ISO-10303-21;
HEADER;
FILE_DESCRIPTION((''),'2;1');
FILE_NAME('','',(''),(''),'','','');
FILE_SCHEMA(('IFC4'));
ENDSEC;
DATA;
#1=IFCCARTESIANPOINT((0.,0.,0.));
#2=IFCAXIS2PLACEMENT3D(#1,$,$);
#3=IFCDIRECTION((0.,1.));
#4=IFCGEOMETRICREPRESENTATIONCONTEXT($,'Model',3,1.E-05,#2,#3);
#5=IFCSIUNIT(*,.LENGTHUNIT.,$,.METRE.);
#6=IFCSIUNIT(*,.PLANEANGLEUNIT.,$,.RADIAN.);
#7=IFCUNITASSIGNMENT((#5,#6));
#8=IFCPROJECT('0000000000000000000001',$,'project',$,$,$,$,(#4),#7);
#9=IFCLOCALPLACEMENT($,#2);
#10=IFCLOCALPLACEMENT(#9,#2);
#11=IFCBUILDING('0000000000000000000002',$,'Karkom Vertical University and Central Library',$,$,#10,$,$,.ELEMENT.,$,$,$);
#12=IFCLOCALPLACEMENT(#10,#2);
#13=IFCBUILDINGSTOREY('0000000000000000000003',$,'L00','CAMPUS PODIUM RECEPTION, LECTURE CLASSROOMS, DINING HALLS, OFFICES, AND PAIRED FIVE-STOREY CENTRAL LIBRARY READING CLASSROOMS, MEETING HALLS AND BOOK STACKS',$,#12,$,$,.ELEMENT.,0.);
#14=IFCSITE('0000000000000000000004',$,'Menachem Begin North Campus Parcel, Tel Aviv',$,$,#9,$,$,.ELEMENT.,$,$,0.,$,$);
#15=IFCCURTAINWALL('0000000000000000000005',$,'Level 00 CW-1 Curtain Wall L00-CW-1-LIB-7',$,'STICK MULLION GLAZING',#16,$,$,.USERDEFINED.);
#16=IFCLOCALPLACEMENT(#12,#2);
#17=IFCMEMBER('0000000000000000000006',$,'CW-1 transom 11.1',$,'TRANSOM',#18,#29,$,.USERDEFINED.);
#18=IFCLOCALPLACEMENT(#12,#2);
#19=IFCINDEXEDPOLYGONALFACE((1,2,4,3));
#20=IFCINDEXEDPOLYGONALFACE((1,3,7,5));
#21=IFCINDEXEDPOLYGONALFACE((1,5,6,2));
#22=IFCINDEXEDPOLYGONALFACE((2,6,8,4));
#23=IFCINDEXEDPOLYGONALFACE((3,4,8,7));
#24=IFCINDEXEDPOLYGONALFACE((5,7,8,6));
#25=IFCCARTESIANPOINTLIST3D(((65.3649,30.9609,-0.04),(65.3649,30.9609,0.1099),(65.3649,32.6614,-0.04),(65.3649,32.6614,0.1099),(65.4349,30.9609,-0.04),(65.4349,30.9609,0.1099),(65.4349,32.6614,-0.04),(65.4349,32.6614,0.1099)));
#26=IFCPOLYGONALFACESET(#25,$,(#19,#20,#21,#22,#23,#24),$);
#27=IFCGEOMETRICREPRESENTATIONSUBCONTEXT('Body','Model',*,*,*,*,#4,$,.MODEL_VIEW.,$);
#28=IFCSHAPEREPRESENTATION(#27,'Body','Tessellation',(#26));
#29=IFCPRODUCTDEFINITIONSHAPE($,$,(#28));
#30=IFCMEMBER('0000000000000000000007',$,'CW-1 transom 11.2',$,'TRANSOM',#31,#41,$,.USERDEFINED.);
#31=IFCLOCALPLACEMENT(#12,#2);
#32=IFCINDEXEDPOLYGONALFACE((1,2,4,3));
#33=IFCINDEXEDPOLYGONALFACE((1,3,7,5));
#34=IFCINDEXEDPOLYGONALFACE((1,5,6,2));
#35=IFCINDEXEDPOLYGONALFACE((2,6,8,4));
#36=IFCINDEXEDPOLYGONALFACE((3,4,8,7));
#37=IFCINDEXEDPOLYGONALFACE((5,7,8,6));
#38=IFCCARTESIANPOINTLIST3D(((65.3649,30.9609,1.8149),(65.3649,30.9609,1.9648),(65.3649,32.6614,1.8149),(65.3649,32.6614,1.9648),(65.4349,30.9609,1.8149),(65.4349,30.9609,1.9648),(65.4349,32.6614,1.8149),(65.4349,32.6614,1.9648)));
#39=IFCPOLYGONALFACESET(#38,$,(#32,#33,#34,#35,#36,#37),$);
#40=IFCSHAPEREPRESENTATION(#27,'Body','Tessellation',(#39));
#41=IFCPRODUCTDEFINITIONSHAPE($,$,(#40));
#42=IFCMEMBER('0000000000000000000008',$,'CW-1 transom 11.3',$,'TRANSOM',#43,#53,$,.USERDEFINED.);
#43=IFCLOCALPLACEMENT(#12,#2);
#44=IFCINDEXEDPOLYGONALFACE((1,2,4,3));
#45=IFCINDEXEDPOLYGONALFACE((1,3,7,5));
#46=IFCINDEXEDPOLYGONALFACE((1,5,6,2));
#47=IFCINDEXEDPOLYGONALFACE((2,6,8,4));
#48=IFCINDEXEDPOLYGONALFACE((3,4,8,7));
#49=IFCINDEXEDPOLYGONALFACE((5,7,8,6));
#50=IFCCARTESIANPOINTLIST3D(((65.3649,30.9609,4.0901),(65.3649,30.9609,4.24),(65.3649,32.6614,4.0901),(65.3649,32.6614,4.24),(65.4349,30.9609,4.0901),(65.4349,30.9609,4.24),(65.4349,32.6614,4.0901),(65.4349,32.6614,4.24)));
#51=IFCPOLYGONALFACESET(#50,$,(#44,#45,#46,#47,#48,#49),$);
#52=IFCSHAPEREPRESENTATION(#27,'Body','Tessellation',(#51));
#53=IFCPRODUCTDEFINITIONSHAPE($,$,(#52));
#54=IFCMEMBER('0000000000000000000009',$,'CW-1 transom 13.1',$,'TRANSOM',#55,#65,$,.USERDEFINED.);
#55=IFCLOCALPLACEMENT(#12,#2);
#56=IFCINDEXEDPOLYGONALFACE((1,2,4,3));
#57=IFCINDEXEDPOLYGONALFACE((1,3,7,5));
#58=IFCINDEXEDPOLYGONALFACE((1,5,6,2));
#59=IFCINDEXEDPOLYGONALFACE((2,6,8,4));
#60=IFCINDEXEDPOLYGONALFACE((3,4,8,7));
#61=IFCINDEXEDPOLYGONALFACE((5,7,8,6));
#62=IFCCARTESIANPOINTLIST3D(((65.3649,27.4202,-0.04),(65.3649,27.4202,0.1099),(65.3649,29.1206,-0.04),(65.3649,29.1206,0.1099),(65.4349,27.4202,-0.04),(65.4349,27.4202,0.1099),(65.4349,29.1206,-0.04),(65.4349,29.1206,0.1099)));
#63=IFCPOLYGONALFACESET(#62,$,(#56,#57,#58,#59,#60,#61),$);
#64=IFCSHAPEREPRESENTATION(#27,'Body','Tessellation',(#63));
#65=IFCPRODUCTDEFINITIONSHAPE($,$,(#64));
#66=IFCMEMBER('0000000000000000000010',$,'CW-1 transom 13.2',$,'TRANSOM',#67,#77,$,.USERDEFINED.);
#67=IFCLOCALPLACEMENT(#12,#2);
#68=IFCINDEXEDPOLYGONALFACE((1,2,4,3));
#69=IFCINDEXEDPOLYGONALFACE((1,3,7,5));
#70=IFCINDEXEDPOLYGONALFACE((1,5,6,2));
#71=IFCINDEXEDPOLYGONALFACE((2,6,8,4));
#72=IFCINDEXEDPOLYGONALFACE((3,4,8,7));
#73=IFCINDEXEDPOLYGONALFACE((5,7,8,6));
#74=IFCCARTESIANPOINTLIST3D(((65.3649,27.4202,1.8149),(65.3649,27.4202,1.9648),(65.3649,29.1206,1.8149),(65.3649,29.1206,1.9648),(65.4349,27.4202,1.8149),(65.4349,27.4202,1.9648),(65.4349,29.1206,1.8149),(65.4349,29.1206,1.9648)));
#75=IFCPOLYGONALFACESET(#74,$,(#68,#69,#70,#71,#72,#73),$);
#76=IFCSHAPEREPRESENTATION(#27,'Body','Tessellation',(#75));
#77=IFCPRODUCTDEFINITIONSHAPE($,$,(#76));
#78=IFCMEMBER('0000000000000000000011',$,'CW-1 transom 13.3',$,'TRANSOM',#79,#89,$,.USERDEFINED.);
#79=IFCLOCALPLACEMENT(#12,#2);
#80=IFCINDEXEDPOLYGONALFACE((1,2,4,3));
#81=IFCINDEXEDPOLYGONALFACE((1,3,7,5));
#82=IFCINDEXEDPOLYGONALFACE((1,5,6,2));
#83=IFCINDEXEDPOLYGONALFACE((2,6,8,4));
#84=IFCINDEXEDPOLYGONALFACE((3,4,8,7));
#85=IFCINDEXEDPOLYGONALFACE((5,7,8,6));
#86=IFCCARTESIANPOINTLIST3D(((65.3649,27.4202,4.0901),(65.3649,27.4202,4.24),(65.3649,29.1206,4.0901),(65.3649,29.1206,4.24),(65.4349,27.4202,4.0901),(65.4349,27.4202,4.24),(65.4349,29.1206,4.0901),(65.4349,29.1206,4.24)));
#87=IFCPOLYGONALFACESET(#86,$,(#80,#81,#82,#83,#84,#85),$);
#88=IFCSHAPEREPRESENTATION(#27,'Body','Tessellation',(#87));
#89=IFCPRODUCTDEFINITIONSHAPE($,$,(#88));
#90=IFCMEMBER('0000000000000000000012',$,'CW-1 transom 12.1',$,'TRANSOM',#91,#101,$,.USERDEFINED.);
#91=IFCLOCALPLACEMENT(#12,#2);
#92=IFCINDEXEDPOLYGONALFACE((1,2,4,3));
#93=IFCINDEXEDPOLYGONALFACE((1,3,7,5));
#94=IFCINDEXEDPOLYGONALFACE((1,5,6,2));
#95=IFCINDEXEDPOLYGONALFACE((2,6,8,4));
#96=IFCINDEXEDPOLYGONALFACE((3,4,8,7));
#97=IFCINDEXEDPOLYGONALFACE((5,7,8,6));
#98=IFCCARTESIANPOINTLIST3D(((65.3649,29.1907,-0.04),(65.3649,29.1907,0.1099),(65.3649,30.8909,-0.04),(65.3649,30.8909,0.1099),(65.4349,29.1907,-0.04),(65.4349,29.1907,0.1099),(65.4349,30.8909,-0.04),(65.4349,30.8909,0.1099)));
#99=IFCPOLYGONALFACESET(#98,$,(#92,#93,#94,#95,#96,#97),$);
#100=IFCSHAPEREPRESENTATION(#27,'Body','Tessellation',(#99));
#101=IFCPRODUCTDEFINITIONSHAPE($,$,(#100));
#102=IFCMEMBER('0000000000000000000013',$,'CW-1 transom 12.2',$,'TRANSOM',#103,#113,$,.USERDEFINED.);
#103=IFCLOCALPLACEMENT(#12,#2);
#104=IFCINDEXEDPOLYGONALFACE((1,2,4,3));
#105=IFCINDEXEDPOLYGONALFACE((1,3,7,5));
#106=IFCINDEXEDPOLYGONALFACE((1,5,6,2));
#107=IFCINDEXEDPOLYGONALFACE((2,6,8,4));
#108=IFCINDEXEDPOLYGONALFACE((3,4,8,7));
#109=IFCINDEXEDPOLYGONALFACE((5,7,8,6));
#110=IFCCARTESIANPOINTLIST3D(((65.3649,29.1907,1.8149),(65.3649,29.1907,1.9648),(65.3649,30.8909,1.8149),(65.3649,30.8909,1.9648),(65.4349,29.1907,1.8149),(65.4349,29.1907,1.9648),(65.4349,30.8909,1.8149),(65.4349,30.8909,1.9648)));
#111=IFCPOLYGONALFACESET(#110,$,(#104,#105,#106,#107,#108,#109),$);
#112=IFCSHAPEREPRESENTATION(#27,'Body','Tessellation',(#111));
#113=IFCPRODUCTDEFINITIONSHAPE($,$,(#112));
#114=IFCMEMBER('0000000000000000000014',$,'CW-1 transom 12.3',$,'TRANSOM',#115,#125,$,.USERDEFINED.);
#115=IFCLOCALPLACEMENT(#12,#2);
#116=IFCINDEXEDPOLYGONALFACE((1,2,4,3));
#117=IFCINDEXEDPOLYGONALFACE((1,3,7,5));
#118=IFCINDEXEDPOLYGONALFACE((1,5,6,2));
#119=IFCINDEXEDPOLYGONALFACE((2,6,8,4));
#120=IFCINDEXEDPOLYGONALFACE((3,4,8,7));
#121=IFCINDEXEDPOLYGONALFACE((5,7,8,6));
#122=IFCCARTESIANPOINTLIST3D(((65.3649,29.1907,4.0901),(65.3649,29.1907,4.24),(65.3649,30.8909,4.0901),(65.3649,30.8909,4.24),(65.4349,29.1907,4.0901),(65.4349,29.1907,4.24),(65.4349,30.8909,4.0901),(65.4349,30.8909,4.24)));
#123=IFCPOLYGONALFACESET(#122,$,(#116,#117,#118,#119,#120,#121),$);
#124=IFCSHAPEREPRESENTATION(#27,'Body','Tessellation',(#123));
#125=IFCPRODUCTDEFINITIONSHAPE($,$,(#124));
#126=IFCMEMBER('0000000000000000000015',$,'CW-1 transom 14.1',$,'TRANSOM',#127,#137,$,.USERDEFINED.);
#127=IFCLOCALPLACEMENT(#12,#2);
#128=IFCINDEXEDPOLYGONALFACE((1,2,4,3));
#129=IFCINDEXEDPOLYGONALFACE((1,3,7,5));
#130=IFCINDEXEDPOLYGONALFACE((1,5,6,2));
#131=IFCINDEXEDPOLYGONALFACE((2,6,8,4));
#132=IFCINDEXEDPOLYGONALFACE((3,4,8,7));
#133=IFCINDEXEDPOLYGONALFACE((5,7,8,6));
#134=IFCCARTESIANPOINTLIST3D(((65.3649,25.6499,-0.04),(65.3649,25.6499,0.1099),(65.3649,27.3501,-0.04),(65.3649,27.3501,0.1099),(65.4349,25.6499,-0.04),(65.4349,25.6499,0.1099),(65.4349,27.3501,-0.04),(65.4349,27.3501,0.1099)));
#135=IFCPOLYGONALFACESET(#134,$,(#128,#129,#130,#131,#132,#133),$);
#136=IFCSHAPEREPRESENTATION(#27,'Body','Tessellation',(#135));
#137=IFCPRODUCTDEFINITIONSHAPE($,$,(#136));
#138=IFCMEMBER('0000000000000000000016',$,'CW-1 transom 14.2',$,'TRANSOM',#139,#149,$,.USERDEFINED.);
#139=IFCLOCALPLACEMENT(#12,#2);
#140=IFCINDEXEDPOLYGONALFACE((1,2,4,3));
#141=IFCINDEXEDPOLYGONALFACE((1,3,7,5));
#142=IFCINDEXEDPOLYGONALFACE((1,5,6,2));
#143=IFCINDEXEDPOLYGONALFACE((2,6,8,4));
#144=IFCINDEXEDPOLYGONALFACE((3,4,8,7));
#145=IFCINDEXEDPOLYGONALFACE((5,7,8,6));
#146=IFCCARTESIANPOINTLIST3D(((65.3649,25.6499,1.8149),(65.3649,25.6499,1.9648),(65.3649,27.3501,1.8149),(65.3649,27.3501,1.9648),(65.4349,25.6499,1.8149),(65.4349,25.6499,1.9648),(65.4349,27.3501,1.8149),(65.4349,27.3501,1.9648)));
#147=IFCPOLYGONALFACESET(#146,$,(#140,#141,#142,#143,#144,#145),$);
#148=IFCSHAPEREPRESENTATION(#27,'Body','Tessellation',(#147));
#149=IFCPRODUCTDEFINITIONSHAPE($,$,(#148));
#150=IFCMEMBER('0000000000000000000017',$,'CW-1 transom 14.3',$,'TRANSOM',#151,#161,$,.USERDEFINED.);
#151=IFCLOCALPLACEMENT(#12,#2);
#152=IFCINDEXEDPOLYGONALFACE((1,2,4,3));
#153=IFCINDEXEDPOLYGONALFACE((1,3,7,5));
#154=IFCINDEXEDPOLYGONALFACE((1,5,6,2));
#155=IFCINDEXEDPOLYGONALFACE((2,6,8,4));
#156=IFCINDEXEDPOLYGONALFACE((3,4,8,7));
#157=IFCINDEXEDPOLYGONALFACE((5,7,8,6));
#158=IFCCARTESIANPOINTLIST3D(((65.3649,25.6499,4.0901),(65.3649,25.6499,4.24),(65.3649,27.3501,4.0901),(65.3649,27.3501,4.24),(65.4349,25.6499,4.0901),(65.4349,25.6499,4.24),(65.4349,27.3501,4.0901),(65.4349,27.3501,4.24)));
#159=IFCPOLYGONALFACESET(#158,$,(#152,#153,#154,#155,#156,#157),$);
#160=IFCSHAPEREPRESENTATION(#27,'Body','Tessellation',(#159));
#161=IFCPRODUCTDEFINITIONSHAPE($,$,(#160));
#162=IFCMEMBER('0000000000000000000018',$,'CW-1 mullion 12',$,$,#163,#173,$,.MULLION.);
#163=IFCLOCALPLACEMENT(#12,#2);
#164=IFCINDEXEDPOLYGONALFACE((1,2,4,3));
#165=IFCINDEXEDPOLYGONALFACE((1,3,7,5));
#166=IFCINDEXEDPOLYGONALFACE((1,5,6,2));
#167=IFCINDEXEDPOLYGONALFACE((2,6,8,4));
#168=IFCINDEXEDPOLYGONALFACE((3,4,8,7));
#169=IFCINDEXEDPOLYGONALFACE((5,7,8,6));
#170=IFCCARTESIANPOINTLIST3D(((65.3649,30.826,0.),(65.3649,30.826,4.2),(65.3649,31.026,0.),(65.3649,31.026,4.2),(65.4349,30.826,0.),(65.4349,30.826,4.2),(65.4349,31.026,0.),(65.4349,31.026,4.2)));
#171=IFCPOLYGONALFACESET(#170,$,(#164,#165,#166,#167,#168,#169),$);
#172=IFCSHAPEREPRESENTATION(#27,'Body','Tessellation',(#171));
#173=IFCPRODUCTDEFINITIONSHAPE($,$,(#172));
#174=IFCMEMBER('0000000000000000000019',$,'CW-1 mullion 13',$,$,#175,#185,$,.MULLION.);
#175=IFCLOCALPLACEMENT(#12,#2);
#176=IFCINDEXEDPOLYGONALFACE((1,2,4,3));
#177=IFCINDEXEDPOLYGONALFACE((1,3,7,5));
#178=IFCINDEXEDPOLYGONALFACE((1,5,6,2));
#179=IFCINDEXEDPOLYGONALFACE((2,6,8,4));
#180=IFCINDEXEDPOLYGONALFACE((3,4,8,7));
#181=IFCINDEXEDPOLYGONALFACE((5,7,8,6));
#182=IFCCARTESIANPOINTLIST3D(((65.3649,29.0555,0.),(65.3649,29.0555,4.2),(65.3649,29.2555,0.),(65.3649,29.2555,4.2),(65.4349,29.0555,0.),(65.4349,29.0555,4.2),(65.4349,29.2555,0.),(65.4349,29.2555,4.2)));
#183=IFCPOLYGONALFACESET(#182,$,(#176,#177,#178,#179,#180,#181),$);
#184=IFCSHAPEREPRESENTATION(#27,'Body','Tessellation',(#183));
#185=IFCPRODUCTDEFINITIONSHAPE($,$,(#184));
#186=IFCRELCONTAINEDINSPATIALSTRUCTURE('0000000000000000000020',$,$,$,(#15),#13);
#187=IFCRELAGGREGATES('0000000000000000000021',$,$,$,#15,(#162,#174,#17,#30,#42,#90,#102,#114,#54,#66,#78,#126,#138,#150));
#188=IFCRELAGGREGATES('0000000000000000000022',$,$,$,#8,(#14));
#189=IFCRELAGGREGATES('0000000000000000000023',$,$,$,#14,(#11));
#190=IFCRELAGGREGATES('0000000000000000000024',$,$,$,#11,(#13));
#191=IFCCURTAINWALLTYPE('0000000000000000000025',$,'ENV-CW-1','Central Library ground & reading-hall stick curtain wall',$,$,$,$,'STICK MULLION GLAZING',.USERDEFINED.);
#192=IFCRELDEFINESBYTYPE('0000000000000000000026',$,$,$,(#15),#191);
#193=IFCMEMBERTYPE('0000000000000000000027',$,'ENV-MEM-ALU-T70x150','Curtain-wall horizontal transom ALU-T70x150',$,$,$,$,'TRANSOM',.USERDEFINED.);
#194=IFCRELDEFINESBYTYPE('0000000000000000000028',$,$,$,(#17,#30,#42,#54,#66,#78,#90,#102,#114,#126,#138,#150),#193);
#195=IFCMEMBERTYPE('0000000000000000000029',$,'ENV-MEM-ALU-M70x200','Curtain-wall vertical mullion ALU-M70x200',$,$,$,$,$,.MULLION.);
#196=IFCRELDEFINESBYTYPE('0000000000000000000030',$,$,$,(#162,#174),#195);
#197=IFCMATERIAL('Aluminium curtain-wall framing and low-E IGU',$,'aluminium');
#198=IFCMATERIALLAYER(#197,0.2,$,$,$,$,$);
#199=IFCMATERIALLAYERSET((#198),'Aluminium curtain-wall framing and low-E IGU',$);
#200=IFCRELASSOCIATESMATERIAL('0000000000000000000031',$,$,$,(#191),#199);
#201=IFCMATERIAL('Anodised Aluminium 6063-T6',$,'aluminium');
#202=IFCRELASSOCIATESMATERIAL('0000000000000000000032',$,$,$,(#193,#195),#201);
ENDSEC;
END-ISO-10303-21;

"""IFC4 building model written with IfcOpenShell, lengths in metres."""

from ifc_helpers import new_model, si_unit, direction, frame, origin, origin_with_axes, origin_2d, place, context, subcontext, project, spatial, rectangle, extrude, source, transform, mapped, material, layer, layer_set, material_profile, profile_set, type_object, element, aggregate, save


model = new_model("IFC4")

# Units and contexts
model_context = context("Model", 3, precision=1e-05, world=origin(), true_north=direction((0.0, 1.0)))
body_context = subcontext(model_context, "Body", "Model", "MODEL_VIEW")
ifc_project = project(units=[si_unit("LENGTHUNIT", "METRE"), si_unit("PLANEANGLEUNIT", "RADIAN")], contexts=[model_context])

# Site, building, storey
site_placement = place(None, origin())
site = spatial("IfcSite", under=ifc_project, at=site_placement, Name="Menachem Begin North Campus Parcel, Tel Aviv", CompositionType="ELEMENT", RefElevation=0.0)
building_placement = place(site_placement, origin())
building = spatial("IfcBuilding", under=site, at=building_placement, Name="Karkom Vertical University and Central Library", CompositionType="ELEMENT")
storey_placement = place(building_placement, origin())
storey = spatial("IfcBuildingStorey", under=building, at=storey_placement, Name="L00", Description="CAMPUS PODIUM RECEPTION, LECTURE CLASSROOMS, DINING HALLS, OFFICES, AND PAIRED FIVE-STOREY CENTRAL LIBRARY READING CLASSROOMS, MEETING HALLS AND BOOK STACKS", CompositionType="ELEMENT", Elevation=0.0)

# Curtain wall, members
ifc_material_1 = material(Name="Aluminium curtain-wall framing and low-E IGU", Category="aluminium")
ifc_layer_1 = layer(ifc_material_1, 0.2)
ifc_layer_set_1 = layer_set([ifc_layer_1], Name="Aluminium curtain-wall framing and low-E IGU")
curtain_wall_type = type_object("IfcCurtainWallType", Name="ENV-CW-1", Description="Central Library ground & reading-hall stick curtain wall", ElementType="STICK MULLION GLAZING", PredefinedType="USERDEFINED", material=ifc_layer_set_1)
curtain_wall_placement = place(storey_placement, origin())
curtain_wall = element("IfcCurtainWall", 1, at=curtain_wall_placement, inside=storey, type_object=curtain_wall_type, Name="Level 00 CW-1 Curtain Wall L00-CW-1-LIB-7", ObjectType="STICK MULLION GLAZING", PredefinedType="USERDEFINED")
ifc_material_2 = material(Name="Anodised Aluminium 6063-T6", Category="aluminium")
ifc_material_profile_1 = material_profile(ifc_material_2, rectangle(XDim=0.0701, YDim=0.1499, at=origin_2d()), Name="ALU-T70x150")
ifc_profile_set_1 = profile_set([ifc_material_profile_1], Name="Anodised Aluminium 6063-T6")
member_type_1 = type_object("IfcMemberType", Name="ENV-MEM-ALU-T70x150", Description="Curtain-wall horizontal transom ALU-T70x150", ElementType="TRANSOM", PredefinedType="USERDEFINED", material=ifc_profile_set_1)
shared_shape_1 = source(origin_with_axes(), body_context, "Body", "SweptSolid", [
    extrude(rectangle(XDim=0.0701, YDim=0.1499, at=origin_2d()), origin(), (0.0, 0.0, 1.0), 1.7004),
])
member_1_placement = place(storey_placement, frame((65.3999, 32.6614, 0.0349), z_axis=(0.0, -1.0, 0.0), x_axis=(1.0, 0.0, 0.0)))
member_1 = element("IfcMember", 2, at=member_1_placement, type_object=member_type_1, Name="CW-1 transom 11.1", ObjectType="TRANSOM", PredefinedType="USERDEFINED", context=body_context, shape_type="MappedRepresentation", body=[
    mapped(shared_shape_1, transform((0.0, 0.0, 0.0), scale=1.0)),
])
member_2_placement = place(storey_placement, frame((65.3999, 32.6614, 1.8899), z_axis=(0.0, -1.0, 0.0), x_axis=(1.0, 0.0, 0.0)))
member_2 = element("IfcMember", 3, at=member_2_placement, type_object=member_type_1, Name="CW-1 transom 11.2", ObjectType="TRANSOM", PredefinedType="USERDEFINED", context=body_context, shape_type="MappedRepresentation", body=[
    mapped(shared_shape_1, transform((0.0, 0.0, 0.0), scale=1.0)),
])
member_3_placement = place(storey_placement, frame((65.3999, 32.6614, 4.165), z_axis=(0.0, -1.0, 0.0), x_axis=(1.0, 0.0, 0.0)))
member_3 = element("IfcMember", 4, at=member_3_placement, type_object=member_type_1, Name="CW-1 transom 11.3", ObjectType="TRANSOM", PredefinedType="USERDEFINED", context=body_context, shape_type="MappedRepresentation", body=[
    mapped(shared_shape_1, transform((0.0, 0.0, 0.0), scale=1.0)),
])
member_4_placement = place(storey_placement, frame((65.3999, 29.1206, 0.0349), z_axis=(0.0, -1.0, 0.0), x_axis=(1.0, 0.0, 0.0)))
member_4 = element("IfcMember", 5, at=member_4_placement, type_object=member_type_1, Name="CW-1 transom 13.1", ObjectType="TRANSOM", PredefinedType="USERDEFINED", context=body_context, shape_type="MappedRepresentation", body=[
    mapped(shared_shape_1, transform((0.0, 0.0, 0.0), scale=1.0)),
])
member_5_placement = place(storey_placement, frame((65.3999, 29.1206, 1.8899), z_axis=(0.0, -1.0, 0.0), x_axis=(1.0, 0.0, 0.0)))
member_5 = element("IfcMember", 6, at=member_5_placement, type_object=member_type_1, Name="CW-1 transom 13.2", ObjectType="TRANSOM", PredefinedType="USERDEFINED", context=body_context, shape_type="MappedRepresentation", body=[
    mapped(shared_shape_1, transform((0.0, 0.0, 0.0), scale=1.0)),
])
member_6_placement = place(storey_placement, frame((65.3999, 29.1206, 4.165), z_axis=(0.0, -1.0, 0.0), x_axis=(1.0, 0.0, 0.0)))
member_6 = element("IfcMember", 7, at=member_6_placement, type_object=member_type_1, Name="CW-1 transom 13.3", ObjectType="TRANSOM", PredefinedType="USERDEFINED", context=body_context, shape_type="MappedRepresentation", body=[
    mapped(shared_shape_1, transform((0.0, 0.0, 0.0), scale=1.0)),
])
shared_shape_2 = source(origin_with_axes(), body_context, "Body", "SweptSolid", [
    extrude(rectangle(XDim=0.0701, YDim=0.1499, at=origin_2d()), origin(), (0.0, 0.0, 1.0), 1.7002),
])
member_7_placement = place(storey_placement, frame((65.3999, 30.8909, 0.0349), z_axis=(0.0, -1.0, 0.0), x_axis=(1.0, 0.0, 0.0)))
member_7 = element("IfcMember", 8, at=member_7_placement, type_object=member_type_1, Name="CW-1 transom 12.1", ObjectType="TRANSOM", PredefinedType="USERDEFINED", context=body_context, shape_type="MappedRepresentation", body=[
    mapped(shared_shape_2, transform((0.0, 0.0, 0.0), scale=1.0)),
])
member_8_placement = place(storey_placement, frame((65.3999, 30.8909, 1.8899), z_axis=(0.0, -1.0, 0.0), x_axis=(1.0, 0.0, 0.0)))
member_8 = element("IfcMember", 9, at=member_8_placement, type_object=member_type_1, Name="CW-1 transom 12.2", ObjectType="TRANSOM", PredefinedType="USERDEFINED", context=body_context, shape_type="MappedRepresentation", body=[
    mapped(shared_shape_2, transform((0.0, 0.0, 0.0), scale=1.0)),
])
member_9_placement = place(storey_placement, frame((65.3999, 30.8909, 4.165), z_axis=(0.0, -1.0, 0.0), x_axis=(1.0, 0.0, 0.0)))
member_9 = element("IfcMember", 10, at=member_9_placement, type_object=member_type_1, Name="CW-1 transom 12.3", ObjectType="TRANSOM", PredefinedType="USERDEFINED", context=body_context, shape_type="MappedRepresentation", body=[
    mapped(shared_shape_2, transform((0.0, 0.0, 0.0), scale=1.0)),
])
member_10_placement = place(storey_placement, frame((65.3999, 27.3501, 0.0349), z_axis=(0.0, -1.0, 0.0), x_axis=(1.0, 0.0, 0.0)))
member_10 = element("IfcMember", 11, at=member_10_placement, type_object=member_type_1, Name="CW-1 transom 14.1", ObjectType="TRANSOM", PredefinedType="USERDEFINED", context=body_context, shape_type="MappedRepresentation", body=[
    mapped(shared_shape_2, transform((0.0, 0.0, 0.0), scale=1.0)),
])
member_11_placement = place(storey_placement, frame((65.3999, 27.3501, 1.8899), z_axis=(0.0, -1.0, 0.0), x_axis=(1.0, 0.0, 0.0)))
member_11 = element("IfcMember", 12, at=member_11_placement, type_object=member_type_1, Name="CW-1 transom 14.2", ObjectType="TRANSOM", PredefinedType="USERDEFINED", context=body_context, shape_type="MappedRepresentation", body=[
    mapped(shared_shape_2, transform((0.0, 0.0, 0.0), scale=1.0)),
])
member_12_placement = place(storey_placement, frame((65.3999, 27.3501, 4.165), z_axis=(0.0, -1.0, 0.0), x_axis=(1.0, 0.0, 0.0)))
member_12 = element("IfcMember", 13, at=member_12_placement, type_object=member_type_1, Name="CW-1 transom 14.3", ObjectType="TRANSOM", PredefinedType="USERDEFINED", context=body_context, shape_type="MappedRepresentation", body=[
    mapped(shared_shape_2, transform((0.0, 0.0, 0.0), scale=1.0)),
])
ifc_material_profile_2 = material_profile(ifc_material_2, rectangle(XDim=0.0701, YDim=0.2, at=origin_2d()), Name="ALU-M70x200")
ifc_profile_set_2 = profile_set([ifc_material_profile_2], Name="Anodised Aluminium 6063-T6")
member_type_2 = type_object("IfcMemberType", Name="ENV-MEM-ALU-M70x200", Description="Curtain-wall vertical mullion ALU-M70x200", PredefinedType="MULLION", material=ifc_profile_set_2)
shared_shape_3 = source(origin_with_axes(), body_context, "Body", "SweptSolid", [
    extrude(rectangle(XDim=0.0701, YDim=0.2, at=origin_2d()), origin(), (0.0, 0.0, 1.0), 4.2),
])
member_13_placement = place(storey_placement, frame((65.3999, 30.926, 0.0), z_axis=(0.0, 0.0, 1.0), x_axis=(1.0, 0.0, 0.0)))
member_13 = element("IfcMember", 14, at=member_13_placement, type_object=member_type_2, Name="CW-1 mullion 12", PredefinedType="MULLION", context=body_context, shape_type="MappedRepresentation", body=[
    mapped(shared_shape_3, transform((0.0, 0.0, 0.0), scale=1.0)),
])
member_14_placement = place(storey_placement, frame((65.3999, 29.1555, 0.0), z_axis=(0.0, 0.0, 1.0), x_axis=(1.0, 0.0, 0.0)))
member_14 = element("IfcMember", 15, at=member_14_placement, type_object=member_type_2, Name="CW-1 mullion 13", PredefinedType="MULLION", context=body_context, shape_type="MappedRepresentation", body=[
    mapped(shared_shape_3, transform((0.0, 0.0, 0.0), scale=1.0)),
])
aggregate(curtain_wall, [member_13, member_14, member_1, member_2, member_3, member_7, member_8, member_9, member_4, member_5, member_6, member_10, member_11, member_12])

save(model, "model.ifc")
